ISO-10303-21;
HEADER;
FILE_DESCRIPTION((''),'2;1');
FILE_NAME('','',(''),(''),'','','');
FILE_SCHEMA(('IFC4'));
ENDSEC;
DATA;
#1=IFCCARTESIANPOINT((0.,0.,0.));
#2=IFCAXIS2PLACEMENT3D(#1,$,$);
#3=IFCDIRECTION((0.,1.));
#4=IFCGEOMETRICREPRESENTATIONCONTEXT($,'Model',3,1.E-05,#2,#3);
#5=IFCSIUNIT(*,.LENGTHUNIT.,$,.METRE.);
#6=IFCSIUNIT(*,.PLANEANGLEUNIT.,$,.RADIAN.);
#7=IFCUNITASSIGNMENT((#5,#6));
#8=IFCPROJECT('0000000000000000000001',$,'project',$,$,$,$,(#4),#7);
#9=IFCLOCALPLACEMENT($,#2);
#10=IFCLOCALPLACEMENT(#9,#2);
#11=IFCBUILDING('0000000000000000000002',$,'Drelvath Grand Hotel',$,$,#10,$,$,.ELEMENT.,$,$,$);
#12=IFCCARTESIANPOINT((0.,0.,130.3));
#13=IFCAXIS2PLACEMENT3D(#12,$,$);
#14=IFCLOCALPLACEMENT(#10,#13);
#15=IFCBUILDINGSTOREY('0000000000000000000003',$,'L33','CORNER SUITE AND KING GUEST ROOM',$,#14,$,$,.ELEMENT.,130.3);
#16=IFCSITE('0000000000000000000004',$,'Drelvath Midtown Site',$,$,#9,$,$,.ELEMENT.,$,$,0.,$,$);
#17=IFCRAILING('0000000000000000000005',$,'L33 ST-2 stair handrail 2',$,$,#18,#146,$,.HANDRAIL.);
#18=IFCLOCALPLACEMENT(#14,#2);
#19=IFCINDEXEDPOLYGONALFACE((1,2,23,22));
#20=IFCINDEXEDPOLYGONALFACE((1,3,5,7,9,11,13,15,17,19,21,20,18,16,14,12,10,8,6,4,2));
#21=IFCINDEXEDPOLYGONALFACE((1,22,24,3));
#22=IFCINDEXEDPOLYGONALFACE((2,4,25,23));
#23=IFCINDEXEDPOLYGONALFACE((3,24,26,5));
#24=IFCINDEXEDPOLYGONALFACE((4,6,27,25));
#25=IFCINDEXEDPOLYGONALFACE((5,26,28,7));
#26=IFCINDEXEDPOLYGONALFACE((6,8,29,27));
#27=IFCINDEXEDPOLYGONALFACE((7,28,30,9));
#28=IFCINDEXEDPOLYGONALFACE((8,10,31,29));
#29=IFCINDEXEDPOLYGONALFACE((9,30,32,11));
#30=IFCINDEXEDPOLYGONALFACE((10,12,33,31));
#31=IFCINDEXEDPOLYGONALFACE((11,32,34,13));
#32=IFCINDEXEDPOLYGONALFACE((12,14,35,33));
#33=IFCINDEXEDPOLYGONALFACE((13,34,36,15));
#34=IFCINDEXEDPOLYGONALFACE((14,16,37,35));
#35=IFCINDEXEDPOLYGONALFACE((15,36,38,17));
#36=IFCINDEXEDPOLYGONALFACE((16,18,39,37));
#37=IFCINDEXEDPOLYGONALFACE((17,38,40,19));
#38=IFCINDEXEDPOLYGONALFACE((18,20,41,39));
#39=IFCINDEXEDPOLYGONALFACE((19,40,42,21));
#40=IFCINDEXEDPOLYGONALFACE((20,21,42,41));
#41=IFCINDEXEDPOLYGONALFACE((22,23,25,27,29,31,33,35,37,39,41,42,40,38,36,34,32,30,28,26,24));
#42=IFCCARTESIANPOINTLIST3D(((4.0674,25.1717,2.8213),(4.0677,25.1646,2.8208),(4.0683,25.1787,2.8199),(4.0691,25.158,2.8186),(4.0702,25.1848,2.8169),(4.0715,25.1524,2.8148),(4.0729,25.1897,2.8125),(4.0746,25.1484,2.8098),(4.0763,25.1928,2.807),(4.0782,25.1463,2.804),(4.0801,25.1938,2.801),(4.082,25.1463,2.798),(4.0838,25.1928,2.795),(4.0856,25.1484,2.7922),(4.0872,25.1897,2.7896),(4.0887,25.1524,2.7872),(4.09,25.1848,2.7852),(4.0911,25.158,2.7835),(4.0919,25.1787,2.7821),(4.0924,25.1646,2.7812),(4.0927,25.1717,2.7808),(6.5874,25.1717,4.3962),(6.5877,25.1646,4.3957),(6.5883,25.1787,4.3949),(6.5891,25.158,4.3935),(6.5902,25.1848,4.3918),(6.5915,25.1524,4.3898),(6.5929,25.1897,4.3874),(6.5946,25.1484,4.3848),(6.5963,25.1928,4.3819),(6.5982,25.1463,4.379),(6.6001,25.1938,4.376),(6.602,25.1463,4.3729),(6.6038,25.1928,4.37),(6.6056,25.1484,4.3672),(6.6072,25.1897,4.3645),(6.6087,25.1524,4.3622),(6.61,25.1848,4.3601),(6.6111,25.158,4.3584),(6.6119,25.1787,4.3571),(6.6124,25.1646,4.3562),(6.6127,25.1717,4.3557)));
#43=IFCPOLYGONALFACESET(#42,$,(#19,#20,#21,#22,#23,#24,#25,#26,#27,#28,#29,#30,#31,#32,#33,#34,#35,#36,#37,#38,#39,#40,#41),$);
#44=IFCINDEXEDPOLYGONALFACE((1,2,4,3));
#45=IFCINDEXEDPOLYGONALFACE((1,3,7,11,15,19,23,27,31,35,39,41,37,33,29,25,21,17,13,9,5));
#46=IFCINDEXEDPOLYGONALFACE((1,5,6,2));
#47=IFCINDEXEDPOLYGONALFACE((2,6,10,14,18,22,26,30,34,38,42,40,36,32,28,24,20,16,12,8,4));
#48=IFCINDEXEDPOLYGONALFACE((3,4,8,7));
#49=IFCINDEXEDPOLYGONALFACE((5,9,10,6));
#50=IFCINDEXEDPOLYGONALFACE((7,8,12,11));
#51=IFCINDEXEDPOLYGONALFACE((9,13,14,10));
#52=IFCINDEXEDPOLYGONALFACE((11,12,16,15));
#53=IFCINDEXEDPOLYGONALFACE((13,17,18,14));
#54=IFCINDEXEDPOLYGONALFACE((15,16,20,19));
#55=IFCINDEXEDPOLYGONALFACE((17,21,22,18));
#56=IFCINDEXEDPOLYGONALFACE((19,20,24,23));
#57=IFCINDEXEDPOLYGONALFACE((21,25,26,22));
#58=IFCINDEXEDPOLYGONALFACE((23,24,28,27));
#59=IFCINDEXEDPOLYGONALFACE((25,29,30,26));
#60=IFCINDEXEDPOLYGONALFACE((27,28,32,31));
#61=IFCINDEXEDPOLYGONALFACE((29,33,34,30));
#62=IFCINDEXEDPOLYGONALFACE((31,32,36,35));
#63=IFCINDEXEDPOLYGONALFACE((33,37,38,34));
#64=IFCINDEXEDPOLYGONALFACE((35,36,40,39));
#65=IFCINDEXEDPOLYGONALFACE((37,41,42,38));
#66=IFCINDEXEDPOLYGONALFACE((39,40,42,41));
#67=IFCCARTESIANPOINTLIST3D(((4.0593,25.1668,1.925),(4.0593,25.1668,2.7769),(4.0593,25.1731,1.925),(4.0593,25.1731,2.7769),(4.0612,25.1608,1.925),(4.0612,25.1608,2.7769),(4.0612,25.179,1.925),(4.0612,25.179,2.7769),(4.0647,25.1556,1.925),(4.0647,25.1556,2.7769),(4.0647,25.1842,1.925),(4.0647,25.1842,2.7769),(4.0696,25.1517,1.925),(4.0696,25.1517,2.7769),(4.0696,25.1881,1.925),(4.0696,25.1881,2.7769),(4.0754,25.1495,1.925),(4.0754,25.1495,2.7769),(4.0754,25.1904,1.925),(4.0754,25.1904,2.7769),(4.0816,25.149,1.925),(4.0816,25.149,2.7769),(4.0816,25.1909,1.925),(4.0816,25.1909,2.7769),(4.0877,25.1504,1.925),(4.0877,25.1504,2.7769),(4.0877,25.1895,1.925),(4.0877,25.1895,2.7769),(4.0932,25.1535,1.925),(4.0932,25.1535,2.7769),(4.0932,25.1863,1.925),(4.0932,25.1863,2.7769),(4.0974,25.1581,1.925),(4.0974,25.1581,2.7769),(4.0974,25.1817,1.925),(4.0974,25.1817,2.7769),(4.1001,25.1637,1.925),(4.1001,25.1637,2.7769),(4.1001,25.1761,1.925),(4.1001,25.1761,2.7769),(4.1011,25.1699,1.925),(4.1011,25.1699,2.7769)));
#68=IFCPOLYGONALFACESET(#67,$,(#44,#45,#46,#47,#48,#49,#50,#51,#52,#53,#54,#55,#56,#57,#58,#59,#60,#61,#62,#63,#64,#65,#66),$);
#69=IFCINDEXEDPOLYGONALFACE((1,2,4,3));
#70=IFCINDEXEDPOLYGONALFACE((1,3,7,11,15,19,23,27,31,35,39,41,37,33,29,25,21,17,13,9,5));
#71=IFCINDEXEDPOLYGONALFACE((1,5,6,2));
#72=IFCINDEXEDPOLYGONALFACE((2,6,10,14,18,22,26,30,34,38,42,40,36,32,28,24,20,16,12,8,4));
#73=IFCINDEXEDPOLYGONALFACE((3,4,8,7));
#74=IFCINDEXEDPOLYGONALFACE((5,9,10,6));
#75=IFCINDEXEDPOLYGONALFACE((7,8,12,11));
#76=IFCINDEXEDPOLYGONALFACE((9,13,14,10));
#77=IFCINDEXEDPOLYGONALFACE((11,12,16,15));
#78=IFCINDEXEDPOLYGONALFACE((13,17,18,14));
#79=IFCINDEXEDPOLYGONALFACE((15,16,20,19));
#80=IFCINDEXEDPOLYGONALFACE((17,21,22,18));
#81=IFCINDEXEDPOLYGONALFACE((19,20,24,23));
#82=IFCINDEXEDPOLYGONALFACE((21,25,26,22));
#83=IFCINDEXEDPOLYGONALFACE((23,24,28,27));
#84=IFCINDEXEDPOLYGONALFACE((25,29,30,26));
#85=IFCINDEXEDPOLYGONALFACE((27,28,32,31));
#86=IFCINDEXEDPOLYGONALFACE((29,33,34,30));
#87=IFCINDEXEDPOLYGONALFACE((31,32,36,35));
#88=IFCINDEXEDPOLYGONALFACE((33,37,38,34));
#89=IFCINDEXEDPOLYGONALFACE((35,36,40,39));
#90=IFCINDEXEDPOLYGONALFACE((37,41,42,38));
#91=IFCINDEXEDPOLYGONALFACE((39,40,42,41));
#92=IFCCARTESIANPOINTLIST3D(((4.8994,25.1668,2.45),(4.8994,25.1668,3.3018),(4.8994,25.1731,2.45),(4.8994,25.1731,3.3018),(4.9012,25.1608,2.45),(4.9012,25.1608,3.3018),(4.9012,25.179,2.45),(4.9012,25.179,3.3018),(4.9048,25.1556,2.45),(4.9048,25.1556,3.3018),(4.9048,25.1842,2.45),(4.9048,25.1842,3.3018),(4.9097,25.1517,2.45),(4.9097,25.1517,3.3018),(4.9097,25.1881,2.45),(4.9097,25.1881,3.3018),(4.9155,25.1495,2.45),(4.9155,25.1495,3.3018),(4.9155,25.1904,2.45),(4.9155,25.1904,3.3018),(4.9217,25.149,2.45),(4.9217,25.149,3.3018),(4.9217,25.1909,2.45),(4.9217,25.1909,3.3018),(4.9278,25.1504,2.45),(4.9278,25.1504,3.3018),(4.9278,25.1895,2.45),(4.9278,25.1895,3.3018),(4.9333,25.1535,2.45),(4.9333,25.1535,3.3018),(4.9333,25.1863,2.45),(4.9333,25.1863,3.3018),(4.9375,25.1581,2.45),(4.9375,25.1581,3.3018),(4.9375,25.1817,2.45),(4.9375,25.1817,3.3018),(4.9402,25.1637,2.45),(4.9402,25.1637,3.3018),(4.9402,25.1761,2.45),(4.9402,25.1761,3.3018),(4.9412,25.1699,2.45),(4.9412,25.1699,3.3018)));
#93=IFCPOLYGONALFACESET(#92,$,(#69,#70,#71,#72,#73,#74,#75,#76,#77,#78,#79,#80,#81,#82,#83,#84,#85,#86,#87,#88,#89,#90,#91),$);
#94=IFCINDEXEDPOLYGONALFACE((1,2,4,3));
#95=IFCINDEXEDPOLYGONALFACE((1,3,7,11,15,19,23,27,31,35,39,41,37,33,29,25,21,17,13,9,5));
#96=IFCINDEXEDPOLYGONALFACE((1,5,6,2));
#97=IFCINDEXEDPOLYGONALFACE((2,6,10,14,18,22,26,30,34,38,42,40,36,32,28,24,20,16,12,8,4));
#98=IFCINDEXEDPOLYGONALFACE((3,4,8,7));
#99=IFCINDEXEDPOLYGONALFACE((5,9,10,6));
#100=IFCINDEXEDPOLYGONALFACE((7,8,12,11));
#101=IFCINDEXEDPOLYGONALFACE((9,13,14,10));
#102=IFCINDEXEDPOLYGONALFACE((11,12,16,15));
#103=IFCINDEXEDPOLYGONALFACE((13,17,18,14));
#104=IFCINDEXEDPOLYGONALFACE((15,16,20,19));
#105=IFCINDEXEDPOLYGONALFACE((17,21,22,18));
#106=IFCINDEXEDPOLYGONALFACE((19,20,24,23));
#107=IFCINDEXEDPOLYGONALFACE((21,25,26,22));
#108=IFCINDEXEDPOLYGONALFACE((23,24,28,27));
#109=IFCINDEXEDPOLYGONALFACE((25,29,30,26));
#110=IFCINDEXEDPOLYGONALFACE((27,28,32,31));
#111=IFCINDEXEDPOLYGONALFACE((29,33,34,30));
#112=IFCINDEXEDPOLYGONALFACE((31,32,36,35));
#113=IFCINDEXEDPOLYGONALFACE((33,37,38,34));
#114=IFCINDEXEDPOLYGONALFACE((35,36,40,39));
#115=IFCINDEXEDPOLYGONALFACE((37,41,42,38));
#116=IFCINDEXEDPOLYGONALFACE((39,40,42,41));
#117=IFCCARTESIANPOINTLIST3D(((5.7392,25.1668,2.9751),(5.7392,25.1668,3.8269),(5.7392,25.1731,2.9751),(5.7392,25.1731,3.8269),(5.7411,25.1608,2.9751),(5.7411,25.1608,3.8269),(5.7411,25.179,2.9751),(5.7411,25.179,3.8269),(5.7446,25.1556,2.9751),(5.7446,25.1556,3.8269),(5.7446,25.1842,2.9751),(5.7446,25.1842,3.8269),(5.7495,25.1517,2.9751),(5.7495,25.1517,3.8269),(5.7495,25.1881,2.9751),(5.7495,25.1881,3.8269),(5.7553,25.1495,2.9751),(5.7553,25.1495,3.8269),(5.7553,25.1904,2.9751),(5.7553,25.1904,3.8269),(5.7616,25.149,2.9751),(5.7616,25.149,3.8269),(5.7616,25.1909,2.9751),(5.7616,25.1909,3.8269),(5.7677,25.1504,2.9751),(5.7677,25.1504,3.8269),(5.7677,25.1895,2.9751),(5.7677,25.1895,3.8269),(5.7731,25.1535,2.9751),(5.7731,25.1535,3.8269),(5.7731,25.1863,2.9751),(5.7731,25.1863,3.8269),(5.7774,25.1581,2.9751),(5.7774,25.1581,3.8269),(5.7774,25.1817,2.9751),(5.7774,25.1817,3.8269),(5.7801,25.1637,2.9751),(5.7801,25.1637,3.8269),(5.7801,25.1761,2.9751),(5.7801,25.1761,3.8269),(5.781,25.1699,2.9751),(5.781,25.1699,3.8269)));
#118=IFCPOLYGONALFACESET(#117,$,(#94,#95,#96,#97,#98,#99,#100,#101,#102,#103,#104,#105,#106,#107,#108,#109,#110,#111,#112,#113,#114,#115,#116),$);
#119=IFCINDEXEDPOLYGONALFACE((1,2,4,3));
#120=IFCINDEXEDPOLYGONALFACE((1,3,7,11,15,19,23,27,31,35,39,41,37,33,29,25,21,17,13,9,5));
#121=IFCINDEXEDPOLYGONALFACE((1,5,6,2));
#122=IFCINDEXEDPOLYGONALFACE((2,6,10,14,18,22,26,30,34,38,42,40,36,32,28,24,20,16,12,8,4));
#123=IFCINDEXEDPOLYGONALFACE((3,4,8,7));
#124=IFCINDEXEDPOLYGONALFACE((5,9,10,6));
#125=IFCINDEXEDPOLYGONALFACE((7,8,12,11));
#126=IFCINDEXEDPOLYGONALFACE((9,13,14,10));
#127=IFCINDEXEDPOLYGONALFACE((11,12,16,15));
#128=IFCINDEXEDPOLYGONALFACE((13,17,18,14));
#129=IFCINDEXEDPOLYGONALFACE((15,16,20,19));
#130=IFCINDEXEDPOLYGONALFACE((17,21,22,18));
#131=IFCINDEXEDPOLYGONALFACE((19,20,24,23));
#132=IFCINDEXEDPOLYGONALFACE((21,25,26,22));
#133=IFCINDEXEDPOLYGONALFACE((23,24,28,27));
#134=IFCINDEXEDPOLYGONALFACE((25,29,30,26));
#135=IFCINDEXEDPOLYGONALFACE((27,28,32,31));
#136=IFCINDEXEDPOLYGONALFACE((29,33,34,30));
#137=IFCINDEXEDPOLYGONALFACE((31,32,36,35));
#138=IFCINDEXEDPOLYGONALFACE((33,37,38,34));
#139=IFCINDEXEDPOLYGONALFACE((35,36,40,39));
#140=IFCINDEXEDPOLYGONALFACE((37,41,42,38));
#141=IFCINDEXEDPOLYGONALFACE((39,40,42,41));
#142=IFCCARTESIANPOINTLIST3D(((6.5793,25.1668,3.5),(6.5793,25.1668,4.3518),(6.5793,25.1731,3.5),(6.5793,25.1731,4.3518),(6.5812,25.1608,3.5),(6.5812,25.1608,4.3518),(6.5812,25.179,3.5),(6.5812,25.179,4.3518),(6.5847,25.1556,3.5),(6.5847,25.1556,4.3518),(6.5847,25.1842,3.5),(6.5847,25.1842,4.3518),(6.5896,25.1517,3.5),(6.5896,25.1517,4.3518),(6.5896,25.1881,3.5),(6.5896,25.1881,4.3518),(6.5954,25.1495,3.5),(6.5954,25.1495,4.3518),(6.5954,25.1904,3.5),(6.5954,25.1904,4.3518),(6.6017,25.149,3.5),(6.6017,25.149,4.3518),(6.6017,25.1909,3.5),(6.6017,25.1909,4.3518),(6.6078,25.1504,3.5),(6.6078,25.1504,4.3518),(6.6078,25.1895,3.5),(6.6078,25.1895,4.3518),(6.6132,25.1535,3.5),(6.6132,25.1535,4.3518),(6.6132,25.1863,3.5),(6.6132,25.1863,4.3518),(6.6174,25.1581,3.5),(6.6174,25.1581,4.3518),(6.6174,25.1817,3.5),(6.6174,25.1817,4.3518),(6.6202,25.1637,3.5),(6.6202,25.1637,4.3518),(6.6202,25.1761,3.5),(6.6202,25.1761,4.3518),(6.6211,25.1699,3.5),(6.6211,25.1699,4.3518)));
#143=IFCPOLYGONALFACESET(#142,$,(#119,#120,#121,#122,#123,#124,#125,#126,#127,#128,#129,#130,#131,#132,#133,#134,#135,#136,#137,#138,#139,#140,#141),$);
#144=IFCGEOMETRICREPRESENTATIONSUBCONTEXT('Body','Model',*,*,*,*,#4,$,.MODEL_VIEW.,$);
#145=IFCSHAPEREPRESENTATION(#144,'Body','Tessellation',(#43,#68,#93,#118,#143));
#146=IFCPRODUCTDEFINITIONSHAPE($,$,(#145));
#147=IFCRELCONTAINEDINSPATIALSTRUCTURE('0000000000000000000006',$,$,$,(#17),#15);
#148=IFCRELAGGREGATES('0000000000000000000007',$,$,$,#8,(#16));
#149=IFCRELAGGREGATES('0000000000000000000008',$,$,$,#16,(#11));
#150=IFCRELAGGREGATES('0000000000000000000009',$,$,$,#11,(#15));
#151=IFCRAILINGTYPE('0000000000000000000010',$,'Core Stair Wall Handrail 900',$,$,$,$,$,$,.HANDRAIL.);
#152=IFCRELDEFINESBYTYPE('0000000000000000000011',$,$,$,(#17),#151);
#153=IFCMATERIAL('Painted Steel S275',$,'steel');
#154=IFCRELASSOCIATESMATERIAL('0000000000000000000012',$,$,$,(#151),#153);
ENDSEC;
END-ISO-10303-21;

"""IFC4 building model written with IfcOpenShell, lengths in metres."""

from ifc_helpers import new_model, si_unit, direction, frame, origin, origin_2d, place, context, subcontext, project, spatial, circle, extrude, material, type_object, element, save


model = new_model("IFC4")

# Units and contexts
model_context = context("Model", 3, precision=1e-05, world=origin(), true_north=direction((0.0, 1.0)))
body_context = subcontext(model_context, "Body", "Model", "MODEL_VIEW")
ifc_project = project(units=[si_unit("LENGTHUNIT", "METRE"), si_unit("PLANEANGLEUNIT", "RADIAN")], contexts=[model_context])

# Site, building, storey
site_placement = place(None, origin())
site = spatial("IfcSite", under=ifc_project, at=site_placement, Name="Drelvath Midtown Site", CompositionType="ELEMENT", RefElevation=0.0)
building_placement = place(site_placement, origin())
building = spatial("IfcBuilding", under=site, at=building_placement, Name="Drelvath Grand Hotel", CompositionType="ELEMENT")
storey_placement = place(building_placement, frame((0.0, 0.0, 130.3)))
storey = spatial("IfcBuildingStorey", under=building, at=storey_placement, Name="L33", Description="CORNER SUITE AND KING GUEST ROOM", CompositionType="ELEMENT", Elevation=130.3)

# Railing
ifc_material_1 = material(Name="Painted Steel S275", Category="steel")
railing_type_1 = type_object("IfcRailingType", Name="Core Stair Wall Handrail 900", PredefinedType="HANDRAIL", material=ifc_material_1)
railing_1_placement = place(storey_placement, frame((4.0801, 25.1699, 1.925)))
element("IfcRailing", 1, at=railing_1_placement, inside=storey, type_object=railing_type_1, Name="L33 ST-2 stair handrail 2", PredefinedType="HANDRAIL", context=body_context, shape_type="SweptSolid", body=[
    extrude(circle(Radius=0.0239, at=origin_2d()), frame((0.0, 0.0, 0.876), z_axis=(0.848008, 0.0, 0.529984), x_axis=(0.0, 1.0, 0.0)), (0.0, 0.0, 1.0), 2.9717),
    extrude(circle(Radius=0.021, at=origin_2d()), origin(), (0.0, 0.0, 1.0), 0.8518),
    extrude(circle(Radius=0.021, at=origin_2d()), frame((0.8401, 0.0, 0.5249)), (0.0, 0.0, 1.0), 0.8518),
    extrude(circle(Radius=0.021, at=origin_2d()), frame((1.6799, 0.0, 1.05)), (0.0, 0.0, 1.0), 0.8518),
    extrude(circle(Radius=0.021, at=origin_2d()), frame((2.52, 0.0, 1.575)), (0.0, 0.0, 1.0), 0.8518),
])

save(model, "model.ifc")
